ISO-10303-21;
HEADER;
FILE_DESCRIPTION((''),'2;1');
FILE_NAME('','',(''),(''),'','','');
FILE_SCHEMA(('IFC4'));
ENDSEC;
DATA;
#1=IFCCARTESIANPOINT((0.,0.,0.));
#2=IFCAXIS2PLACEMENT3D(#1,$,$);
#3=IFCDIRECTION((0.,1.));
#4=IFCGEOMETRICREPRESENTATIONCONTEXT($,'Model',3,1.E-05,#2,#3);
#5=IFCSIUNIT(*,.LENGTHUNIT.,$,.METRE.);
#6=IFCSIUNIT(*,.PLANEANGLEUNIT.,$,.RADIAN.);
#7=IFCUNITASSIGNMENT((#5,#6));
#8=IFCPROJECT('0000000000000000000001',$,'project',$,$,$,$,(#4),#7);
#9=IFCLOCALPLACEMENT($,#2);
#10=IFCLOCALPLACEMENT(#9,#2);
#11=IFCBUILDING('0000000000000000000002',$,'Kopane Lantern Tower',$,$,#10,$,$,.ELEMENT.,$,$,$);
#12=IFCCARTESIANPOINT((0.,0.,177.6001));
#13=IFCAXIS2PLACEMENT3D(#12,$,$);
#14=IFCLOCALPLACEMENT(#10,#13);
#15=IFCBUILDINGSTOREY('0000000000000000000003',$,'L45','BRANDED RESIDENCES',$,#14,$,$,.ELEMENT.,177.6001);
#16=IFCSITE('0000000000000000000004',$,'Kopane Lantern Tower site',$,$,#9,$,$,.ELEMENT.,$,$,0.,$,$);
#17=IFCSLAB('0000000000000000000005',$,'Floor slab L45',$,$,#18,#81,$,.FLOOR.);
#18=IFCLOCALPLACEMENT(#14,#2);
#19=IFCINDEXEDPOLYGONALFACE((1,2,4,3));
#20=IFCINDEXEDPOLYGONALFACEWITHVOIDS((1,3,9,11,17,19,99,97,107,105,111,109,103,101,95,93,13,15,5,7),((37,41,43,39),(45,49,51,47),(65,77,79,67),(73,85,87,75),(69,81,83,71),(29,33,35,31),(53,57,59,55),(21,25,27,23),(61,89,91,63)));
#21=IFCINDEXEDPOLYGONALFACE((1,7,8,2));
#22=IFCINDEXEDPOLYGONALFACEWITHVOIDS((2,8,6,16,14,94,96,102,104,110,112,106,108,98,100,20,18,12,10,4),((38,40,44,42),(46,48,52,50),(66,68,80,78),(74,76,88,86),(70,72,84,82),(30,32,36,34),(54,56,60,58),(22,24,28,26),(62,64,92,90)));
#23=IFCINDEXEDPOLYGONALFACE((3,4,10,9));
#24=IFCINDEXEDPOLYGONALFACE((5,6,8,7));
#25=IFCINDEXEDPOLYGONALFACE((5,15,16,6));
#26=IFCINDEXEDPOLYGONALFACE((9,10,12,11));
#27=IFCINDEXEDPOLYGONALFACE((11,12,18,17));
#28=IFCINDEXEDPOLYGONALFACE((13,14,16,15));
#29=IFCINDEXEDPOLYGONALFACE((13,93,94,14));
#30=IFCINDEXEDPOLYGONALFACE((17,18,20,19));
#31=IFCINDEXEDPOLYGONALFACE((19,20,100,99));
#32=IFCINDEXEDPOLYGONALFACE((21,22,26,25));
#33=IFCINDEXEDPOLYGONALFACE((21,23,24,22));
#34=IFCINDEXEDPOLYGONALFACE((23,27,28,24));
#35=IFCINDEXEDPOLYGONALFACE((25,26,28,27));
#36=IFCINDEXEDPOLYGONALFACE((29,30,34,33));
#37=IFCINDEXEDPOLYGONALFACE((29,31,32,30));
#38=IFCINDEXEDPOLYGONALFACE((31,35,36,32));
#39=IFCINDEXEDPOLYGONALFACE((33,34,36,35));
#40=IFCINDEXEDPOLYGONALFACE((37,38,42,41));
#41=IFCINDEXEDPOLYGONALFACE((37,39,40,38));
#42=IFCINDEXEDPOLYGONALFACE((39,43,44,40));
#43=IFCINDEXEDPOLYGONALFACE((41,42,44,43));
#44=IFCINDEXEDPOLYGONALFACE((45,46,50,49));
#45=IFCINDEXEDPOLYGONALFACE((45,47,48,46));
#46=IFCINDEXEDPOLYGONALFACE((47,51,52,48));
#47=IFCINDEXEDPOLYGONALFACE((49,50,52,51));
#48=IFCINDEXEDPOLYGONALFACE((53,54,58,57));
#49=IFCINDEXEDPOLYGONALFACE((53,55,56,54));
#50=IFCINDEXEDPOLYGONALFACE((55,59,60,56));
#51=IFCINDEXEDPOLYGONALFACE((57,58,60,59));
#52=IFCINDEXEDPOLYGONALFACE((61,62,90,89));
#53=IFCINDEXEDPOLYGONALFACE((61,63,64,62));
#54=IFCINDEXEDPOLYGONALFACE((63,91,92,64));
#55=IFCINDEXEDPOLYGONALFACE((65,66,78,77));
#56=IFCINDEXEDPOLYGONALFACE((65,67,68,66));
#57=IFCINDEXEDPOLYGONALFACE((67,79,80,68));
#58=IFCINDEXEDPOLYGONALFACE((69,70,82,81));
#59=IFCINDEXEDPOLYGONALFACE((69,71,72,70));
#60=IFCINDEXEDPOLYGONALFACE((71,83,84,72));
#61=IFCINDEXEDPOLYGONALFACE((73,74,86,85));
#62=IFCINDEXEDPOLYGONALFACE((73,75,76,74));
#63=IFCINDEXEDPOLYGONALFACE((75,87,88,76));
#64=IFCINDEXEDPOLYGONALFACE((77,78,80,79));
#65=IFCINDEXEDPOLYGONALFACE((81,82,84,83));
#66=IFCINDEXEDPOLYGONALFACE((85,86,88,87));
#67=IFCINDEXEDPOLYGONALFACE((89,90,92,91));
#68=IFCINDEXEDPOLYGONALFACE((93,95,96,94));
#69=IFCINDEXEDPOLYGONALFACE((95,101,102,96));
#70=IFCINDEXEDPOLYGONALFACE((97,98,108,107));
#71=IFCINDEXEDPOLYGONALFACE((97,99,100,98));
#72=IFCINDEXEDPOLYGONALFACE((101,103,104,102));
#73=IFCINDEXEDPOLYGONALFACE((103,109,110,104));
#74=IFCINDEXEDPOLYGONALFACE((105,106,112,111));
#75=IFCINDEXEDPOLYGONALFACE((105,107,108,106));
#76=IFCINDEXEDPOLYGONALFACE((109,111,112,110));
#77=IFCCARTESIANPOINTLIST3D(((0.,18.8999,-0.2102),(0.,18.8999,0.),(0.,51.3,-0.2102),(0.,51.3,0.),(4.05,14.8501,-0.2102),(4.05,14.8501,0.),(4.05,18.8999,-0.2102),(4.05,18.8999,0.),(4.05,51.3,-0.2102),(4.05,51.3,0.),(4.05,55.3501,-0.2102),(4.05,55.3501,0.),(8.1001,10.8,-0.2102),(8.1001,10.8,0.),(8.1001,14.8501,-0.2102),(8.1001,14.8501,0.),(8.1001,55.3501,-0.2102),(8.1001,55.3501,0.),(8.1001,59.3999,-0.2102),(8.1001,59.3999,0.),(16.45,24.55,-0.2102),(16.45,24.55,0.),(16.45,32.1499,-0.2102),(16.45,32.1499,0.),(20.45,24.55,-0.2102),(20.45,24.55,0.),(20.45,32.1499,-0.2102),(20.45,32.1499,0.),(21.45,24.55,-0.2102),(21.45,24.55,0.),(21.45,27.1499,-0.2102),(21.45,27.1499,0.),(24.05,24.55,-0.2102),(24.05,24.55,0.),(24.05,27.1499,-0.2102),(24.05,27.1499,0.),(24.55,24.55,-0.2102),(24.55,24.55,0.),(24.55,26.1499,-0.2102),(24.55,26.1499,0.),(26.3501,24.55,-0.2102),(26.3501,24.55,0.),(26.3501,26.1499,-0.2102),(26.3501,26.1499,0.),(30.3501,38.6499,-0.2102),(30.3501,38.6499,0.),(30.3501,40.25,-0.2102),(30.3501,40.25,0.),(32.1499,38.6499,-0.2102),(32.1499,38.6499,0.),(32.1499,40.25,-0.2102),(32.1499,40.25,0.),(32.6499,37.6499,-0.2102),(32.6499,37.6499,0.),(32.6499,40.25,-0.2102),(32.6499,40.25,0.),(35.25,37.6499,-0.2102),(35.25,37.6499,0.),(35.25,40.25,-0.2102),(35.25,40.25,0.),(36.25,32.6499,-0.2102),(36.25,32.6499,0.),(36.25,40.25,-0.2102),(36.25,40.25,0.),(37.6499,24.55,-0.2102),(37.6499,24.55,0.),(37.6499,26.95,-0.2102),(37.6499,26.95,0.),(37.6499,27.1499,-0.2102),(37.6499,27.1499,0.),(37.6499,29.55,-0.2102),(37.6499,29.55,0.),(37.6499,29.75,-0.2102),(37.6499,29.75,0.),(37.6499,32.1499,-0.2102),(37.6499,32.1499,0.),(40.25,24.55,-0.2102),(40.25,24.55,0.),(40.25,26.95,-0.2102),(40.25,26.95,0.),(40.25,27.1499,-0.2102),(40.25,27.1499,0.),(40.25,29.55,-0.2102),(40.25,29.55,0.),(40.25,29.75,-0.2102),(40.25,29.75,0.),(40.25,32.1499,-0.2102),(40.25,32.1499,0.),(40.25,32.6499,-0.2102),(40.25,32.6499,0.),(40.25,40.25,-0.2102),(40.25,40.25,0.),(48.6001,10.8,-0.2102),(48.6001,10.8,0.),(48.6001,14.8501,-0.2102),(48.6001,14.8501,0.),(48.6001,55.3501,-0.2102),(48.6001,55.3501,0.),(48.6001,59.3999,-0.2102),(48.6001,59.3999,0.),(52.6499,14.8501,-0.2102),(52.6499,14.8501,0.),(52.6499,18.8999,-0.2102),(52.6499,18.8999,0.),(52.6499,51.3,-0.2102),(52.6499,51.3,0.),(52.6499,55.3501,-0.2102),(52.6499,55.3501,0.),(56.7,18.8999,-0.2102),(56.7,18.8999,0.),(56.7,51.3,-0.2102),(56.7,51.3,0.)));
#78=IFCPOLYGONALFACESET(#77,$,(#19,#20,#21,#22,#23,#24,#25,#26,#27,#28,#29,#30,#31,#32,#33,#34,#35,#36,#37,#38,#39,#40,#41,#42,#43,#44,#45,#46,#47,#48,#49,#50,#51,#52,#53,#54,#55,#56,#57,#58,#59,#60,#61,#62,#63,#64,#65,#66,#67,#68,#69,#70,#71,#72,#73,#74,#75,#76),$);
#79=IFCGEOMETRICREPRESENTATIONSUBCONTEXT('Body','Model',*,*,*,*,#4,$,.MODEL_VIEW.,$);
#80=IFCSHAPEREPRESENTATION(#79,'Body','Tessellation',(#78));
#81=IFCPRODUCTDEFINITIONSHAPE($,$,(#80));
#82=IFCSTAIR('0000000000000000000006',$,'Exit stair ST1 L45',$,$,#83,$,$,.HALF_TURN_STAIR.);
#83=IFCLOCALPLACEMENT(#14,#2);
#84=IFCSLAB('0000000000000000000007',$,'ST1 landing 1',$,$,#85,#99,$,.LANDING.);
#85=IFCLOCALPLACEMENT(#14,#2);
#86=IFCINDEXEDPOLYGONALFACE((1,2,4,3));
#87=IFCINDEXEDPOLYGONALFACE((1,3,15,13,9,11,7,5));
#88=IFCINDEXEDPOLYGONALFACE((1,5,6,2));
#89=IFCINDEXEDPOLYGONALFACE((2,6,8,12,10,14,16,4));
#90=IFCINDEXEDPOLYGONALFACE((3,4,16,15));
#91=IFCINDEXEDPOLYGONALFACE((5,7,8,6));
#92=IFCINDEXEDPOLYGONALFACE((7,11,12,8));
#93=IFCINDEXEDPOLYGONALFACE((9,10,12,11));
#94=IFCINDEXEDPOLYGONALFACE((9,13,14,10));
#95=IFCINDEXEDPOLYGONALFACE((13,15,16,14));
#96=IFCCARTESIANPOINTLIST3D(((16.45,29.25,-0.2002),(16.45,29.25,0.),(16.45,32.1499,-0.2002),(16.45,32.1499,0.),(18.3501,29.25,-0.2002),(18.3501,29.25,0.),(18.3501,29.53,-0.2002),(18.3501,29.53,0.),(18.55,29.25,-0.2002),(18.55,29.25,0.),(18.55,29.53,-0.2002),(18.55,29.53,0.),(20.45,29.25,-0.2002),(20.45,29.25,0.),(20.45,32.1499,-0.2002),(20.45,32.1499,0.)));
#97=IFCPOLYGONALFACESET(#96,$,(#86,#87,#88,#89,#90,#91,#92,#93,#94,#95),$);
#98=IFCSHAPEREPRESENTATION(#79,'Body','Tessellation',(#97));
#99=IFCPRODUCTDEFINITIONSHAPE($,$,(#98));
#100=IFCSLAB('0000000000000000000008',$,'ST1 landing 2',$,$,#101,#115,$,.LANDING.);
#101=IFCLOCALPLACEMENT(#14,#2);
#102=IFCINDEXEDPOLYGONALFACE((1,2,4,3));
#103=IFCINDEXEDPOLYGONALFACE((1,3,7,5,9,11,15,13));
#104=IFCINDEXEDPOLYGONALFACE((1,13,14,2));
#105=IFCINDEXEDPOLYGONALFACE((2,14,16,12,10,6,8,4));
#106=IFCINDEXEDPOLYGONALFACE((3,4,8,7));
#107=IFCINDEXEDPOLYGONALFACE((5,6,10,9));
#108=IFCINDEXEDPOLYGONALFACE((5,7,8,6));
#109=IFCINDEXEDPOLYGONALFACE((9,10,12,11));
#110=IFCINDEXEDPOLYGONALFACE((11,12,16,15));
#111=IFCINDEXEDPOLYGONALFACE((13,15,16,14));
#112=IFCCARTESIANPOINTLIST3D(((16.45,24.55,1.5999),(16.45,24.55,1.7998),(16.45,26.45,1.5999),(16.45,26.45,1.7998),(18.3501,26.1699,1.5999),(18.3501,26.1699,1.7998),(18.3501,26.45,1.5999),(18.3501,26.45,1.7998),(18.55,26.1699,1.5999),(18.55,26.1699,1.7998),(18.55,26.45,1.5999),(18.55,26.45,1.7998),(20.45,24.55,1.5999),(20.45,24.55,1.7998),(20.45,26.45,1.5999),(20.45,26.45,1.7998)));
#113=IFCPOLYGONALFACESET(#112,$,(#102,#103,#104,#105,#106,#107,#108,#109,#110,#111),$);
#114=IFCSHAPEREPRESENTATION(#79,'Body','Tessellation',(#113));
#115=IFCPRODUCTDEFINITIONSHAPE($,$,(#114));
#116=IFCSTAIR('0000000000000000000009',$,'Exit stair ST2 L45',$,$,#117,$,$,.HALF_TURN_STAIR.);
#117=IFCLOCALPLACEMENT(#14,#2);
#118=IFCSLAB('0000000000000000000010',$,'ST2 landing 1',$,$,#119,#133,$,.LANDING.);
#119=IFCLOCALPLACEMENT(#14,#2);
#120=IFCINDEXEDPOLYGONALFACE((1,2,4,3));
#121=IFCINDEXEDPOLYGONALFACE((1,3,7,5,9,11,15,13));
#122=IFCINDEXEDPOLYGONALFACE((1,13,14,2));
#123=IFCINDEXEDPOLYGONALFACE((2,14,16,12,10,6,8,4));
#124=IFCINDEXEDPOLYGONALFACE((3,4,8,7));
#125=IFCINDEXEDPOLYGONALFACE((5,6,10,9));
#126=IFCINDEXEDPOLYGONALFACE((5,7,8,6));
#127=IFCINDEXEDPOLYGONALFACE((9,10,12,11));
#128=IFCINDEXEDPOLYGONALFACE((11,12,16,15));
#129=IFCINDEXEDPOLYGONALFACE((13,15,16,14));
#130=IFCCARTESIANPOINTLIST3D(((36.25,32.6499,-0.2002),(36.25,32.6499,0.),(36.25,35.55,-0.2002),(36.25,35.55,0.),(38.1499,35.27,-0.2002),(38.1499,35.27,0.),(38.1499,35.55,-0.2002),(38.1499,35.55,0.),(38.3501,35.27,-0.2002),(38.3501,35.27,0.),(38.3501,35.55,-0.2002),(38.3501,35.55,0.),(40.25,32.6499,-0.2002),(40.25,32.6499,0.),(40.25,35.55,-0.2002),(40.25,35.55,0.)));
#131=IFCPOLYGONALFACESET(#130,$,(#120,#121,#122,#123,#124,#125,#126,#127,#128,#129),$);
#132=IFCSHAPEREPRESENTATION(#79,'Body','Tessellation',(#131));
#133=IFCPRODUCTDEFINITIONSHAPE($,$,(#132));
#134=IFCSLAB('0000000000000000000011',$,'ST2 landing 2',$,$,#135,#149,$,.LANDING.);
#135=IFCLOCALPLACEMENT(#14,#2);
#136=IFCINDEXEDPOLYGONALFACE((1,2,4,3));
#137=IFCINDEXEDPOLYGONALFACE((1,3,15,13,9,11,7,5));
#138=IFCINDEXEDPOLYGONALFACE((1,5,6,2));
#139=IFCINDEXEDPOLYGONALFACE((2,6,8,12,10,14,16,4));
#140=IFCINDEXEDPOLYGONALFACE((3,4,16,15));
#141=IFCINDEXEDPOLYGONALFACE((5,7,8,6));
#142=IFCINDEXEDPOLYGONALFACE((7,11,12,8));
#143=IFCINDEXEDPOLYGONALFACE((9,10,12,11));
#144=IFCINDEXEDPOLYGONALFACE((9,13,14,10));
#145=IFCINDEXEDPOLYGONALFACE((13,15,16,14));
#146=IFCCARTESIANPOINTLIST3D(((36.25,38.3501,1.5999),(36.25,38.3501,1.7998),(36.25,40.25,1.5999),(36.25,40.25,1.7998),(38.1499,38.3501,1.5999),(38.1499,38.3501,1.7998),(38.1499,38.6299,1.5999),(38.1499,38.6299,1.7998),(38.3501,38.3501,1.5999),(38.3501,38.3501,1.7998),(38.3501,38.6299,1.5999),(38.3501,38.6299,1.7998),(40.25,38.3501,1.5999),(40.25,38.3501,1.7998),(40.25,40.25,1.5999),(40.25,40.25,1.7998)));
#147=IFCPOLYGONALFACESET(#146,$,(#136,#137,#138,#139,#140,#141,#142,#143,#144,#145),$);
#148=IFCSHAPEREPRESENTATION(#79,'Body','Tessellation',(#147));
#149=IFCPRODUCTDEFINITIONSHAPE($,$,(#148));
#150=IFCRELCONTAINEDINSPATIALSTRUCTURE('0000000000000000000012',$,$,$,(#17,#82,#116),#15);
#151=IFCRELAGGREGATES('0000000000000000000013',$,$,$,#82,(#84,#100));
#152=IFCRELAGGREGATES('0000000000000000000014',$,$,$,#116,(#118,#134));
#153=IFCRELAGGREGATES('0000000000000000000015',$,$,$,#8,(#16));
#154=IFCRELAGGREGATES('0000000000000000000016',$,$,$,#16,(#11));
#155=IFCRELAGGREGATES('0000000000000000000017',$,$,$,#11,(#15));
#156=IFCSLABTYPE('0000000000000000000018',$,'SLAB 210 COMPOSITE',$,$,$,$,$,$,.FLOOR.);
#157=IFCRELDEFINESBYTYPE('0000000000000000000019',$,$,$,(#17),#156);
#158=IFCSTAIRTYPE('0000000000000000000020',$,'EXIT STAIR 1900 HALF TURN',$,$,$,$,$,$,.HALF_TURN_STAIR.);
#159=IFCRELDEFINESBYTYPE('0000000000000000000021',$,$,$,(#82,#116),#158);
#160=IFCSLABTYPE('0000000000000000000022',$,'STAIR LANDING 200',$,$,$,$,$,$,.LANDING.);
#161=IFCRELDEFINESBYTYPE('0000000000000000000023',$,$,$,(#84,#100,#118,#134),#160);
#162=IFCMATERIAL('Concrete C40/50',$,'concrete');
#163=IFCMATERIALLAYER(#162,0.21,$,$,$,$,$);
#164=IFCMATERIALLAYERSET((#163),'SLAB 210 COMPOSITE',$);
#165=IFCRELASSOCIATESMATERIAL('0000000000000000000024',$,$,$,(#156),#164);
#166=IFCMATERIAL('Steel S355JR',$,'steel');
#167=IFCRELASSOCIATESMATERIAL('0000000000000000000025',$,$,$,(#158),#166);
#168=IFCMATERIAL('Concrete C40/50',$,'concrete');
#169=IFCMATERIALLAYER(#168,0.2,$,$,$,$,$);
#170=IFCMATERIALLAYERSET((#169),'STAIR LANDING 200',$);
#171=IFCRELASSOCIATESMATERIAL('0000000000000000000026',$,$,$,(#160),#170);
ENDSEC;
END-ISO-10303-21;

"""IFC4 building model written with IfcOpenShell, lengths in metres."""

from ifc_helpers import new_model, si_unit, direction, frame, origin, place, context, subcontext, project, spatial, polyline, outline, extrude, material, layer, layer_set, type_object, element, aggregate, save


model = new_model("IFC4")

# Units and contexts
model_context = context("Model", 3, precision=1e-05, world=origin(), true_north=direction((0.0, 1.0)))
body_context = subcontext(model_context, "Body", "Model", "MODEL_VIEW")
ifc_project = project(units=[si_unit("LENGTHUNIT", "METRE"), si_unit("PLANEANGLEUNIT", "RADIAN")], contexts=[model_context])

# Site, building, storey
site_placement = place(None, origin())
site = spatial("IfcSite", under=ifc_project, at=site_placement, Name="Kopane Lantern Tower site", CompositionType="ELEMENT", RefElevation=0.0)
building_placement = place(site_placement, origin())
building = spatial("IfcBuilding", under=site, at=building_placement, Name="Kopane Lantern Tower", CompositionType="ELEMENT")
storey_placement = place(building_placement, frame((0.0, 0.0, 177.6001)))
storey = spatial("IfcBuildingStorey", under=building, at=storey_placement, Name="L45", Description="BRANDED RESIDENCES", CompositionType="ELEMENT", Elevation=177.6001)

# Slab
ifc_material_1 = material(Name="Concrete C40/50", Category="concrete")
ifc_layer_1 = layer(ifc_material_1, 0.21)
ifc_layer_set_1 = layer_set([ifc_layer_1], Name="SLAB 210 COMPOSITE")
slab_type_1 = type_object("IfcSlabType", Name="SLAB 210 COMPOSITE", PredefinedType="FLOOR", material=ifc_layer_set_1)
slab_1_placement = place(storey_placement, frame((0.0, 0.0, -0.2102)))
element("IfcSlab", 1, at=slab_1_placement, inside=storey, type_object=slab_type_1, Name="Floor slab L45", PredefinedType="FLOOR", context=body_context, shape_type="SweptSolid", body=[
    extrude(outline(polyline([(8.1001, 10.8), (48.6001, 10.8), (48.6001, 14.8501), (52.6499, 14.8501), (52.6499, 18.8999), (56.7, 18.8999), (56.7, 51.3), (52.6499, 51.3), (52.6499, 55.3501), (48.6001, 55.3501), (48.6001, 59.3999), (8.1001, 59.3999), (8.1001, 55.3501), (4.05, 55.3501), (4.05, 51.3), (0.0, 51.3), (0.0, 18.8999), (4.05, 18.8999), (4.05, 14.8501), (8.1001, 14.8501), (8.1001, 10.8)]), holes=[polyline([(16.45, 24.55), (20.45, 24.55), (20.45, 32.1499), (16.45, 32.1499), (16.45, 24.55)]), polyline([(36.25, 32.6499), (40.25, 32.6499), (40.25, 40.25), (36.25, 40.25), (36.25, 32.6499)]), polyline([(37.6499, 24.55), (40.25, 24.55), (40.25, 26.95), (37.6499, 26.95), (37.6499, 24.55)]), polyline([(37.6499, 27.1499), (40.25, 27.1499), (40.25, 29.55), (37.6499, 29.55), (37.6499, 27.1499)]), polyline([(37.6499, 29.75), (40.25, 29.75), (40.25, 32.1499), (37.6499, 32.1499), (37.6499, 29.75)]), polyline([(21.45, 24.55), (24.05, 24.55), (24.05, 27.1499), (21.45, 27.1499), (21.45, 24.55)]), polyline([(32.6499, 37.6499), (35.25, 37.6499), (35.25, 40.25), (32.6499, 40.25), (32.6499, 37.6499)]), polyline([(24.55, 24.55), (26.3501, 24.55), (26.3501, 26.1499), (24.55, 26.1499), (24.55, 24.55)]), polyline([(30.3501, 38.6499), (32.1499, 38.6499), (32.1499, 40.25), (30.3501, 40.25), (30.3501, 38.6499)])]), origin(), (0.0, 0.0, 1.0), 0.2102),
])

# Stairs, slabs
ifc_material_2 = material(Name="Steel S355JR", Category="steel")
stair_type = type_object("IfcStairType", Name="EXIT STAIR 1900 HALF TURN", PredefinedType="HALF_TURN_STAIR", material=ifc_material_2)
stair_1_placement = place(storey_placement, origin())
stair_1 = element("IfcStair", 2, at=stair_1_placement, inside=storey, type_object=stair_type, Name="Exit stair ST1 L45", PredefinedType="HALF_TURN_STAIR")
ifc_material_3 = material(Name="Concrete C40/50", Category="concrete")
ifc_layer_2 = layer(ifc_material_3, 0.2)
ifc_layer_set_2 = layer_set([ifc_layer_2], Name="STAIR LANDING 200")
slab_type_2 = type_object("IfcSlabType", Name="STAIR LANDING 200", PredefinedType="LANDING", material=ifc_layer_set_2)
slab_2_placement = place(storey_placement, frame((0.0, 0.0, -0.2002)))
slab_2 = element("IfcSlab", 3, at=slab_2_placement, type_object=slab_type_2, Name="ST1 landing 1", PredefinedType="LANDING", context=body_context, shape_type="SweptSolid", body=[
    extrude(outline(polyline([(18.3501, 29.53), (18.55, 29.53), (18.55, 29.25), (20.45, 29.25), (20.45, 32.1499), (16.45, 32.1499), (16.45, 29.25), (18.3501, 29.25), (18.3501, 29.53)])), origin(), (0.0, 0.0, 1.0), 0.2002),
])
slab_3_placement = place(storey_placement, frame((0.0, 0.0, 1.5999)))
slab_3 = element("IfcSlab", 4, at=slab_3_placement, type_object=slab_type_2, Name="ST1 landing 2", PredefinedType="LANDING", context=body_context, shape_type="SweptSolid", body=[
    extrude(outline(polyline([(20.45, 26.45), (18.55, 26.45), (18.55, 26.1699), (18.3501, 26.1699), (18.3501, 26.45), (16.45, 26.45), (16.45, 24.55), (20.45, 24.55), (20.45, 26.45)])), origin(), (0.0, 0.0, 1.0), 0.2),
])
aggregate(stair_1, [slab_2, slab_3])
stair_2_placement = place(storey_placement, origin())
stair_2 = element("IfcStair", 5, at=stair_2_placement, inside=storey, type_object=stair_type, Name="Exit stair ST2 L45", PredefinedType="HALF_TURN_STAIR")
slab_4_placement = place(storey_placement, frame((0.0, 0.0, -0.2002)))
slab_4 = element("IfcSlab", 6, at=slab_4_placement, type_object=slab_type_2, Name="ST2 landing 1", PredefinedType="LANDING", context=body_context, shape_type="SweptSolid", body=[
    extrude(outline(polyline([(40.25, 35.55), (38.3501, 35.55), (38.3501, 35.27), (38.1499, 35.27), (38.1499, 35.55), (36.25, 35.55), (36.25, 32.6499), (40.25, 32.6499), (40.25, 35.55)])), origin(), (0.0, 0.0, 1.0), 0.2002),
])
slab_5_placement = place(storey_placement, frame((0.0, 0.0, 1.5999)))
slab_5 = element("IfcSlab", 7, at=slab_5_placement, type_object=slab_type_2, Name="ST2 landing 2", PredefinedType="LANDING", context=body_context, shape_type="SweptSolid", body=[
    extrude(outline(polyline([(38.1499, 38.6299), (38.3501, 38.6299), (38.3501, 38.3501), (40.25, 38.3501), (40.25, 40.25), (36.25, 40.25), (36.25, 38.3501), (38.1499, 38.3501), (38.1499, 38.6299)])), origin(), (0.0, 0.0, 1.0), 0.2),
])
aggregate(stair_2, [slab_4, slab_5])

save(model, "model.ifc")
